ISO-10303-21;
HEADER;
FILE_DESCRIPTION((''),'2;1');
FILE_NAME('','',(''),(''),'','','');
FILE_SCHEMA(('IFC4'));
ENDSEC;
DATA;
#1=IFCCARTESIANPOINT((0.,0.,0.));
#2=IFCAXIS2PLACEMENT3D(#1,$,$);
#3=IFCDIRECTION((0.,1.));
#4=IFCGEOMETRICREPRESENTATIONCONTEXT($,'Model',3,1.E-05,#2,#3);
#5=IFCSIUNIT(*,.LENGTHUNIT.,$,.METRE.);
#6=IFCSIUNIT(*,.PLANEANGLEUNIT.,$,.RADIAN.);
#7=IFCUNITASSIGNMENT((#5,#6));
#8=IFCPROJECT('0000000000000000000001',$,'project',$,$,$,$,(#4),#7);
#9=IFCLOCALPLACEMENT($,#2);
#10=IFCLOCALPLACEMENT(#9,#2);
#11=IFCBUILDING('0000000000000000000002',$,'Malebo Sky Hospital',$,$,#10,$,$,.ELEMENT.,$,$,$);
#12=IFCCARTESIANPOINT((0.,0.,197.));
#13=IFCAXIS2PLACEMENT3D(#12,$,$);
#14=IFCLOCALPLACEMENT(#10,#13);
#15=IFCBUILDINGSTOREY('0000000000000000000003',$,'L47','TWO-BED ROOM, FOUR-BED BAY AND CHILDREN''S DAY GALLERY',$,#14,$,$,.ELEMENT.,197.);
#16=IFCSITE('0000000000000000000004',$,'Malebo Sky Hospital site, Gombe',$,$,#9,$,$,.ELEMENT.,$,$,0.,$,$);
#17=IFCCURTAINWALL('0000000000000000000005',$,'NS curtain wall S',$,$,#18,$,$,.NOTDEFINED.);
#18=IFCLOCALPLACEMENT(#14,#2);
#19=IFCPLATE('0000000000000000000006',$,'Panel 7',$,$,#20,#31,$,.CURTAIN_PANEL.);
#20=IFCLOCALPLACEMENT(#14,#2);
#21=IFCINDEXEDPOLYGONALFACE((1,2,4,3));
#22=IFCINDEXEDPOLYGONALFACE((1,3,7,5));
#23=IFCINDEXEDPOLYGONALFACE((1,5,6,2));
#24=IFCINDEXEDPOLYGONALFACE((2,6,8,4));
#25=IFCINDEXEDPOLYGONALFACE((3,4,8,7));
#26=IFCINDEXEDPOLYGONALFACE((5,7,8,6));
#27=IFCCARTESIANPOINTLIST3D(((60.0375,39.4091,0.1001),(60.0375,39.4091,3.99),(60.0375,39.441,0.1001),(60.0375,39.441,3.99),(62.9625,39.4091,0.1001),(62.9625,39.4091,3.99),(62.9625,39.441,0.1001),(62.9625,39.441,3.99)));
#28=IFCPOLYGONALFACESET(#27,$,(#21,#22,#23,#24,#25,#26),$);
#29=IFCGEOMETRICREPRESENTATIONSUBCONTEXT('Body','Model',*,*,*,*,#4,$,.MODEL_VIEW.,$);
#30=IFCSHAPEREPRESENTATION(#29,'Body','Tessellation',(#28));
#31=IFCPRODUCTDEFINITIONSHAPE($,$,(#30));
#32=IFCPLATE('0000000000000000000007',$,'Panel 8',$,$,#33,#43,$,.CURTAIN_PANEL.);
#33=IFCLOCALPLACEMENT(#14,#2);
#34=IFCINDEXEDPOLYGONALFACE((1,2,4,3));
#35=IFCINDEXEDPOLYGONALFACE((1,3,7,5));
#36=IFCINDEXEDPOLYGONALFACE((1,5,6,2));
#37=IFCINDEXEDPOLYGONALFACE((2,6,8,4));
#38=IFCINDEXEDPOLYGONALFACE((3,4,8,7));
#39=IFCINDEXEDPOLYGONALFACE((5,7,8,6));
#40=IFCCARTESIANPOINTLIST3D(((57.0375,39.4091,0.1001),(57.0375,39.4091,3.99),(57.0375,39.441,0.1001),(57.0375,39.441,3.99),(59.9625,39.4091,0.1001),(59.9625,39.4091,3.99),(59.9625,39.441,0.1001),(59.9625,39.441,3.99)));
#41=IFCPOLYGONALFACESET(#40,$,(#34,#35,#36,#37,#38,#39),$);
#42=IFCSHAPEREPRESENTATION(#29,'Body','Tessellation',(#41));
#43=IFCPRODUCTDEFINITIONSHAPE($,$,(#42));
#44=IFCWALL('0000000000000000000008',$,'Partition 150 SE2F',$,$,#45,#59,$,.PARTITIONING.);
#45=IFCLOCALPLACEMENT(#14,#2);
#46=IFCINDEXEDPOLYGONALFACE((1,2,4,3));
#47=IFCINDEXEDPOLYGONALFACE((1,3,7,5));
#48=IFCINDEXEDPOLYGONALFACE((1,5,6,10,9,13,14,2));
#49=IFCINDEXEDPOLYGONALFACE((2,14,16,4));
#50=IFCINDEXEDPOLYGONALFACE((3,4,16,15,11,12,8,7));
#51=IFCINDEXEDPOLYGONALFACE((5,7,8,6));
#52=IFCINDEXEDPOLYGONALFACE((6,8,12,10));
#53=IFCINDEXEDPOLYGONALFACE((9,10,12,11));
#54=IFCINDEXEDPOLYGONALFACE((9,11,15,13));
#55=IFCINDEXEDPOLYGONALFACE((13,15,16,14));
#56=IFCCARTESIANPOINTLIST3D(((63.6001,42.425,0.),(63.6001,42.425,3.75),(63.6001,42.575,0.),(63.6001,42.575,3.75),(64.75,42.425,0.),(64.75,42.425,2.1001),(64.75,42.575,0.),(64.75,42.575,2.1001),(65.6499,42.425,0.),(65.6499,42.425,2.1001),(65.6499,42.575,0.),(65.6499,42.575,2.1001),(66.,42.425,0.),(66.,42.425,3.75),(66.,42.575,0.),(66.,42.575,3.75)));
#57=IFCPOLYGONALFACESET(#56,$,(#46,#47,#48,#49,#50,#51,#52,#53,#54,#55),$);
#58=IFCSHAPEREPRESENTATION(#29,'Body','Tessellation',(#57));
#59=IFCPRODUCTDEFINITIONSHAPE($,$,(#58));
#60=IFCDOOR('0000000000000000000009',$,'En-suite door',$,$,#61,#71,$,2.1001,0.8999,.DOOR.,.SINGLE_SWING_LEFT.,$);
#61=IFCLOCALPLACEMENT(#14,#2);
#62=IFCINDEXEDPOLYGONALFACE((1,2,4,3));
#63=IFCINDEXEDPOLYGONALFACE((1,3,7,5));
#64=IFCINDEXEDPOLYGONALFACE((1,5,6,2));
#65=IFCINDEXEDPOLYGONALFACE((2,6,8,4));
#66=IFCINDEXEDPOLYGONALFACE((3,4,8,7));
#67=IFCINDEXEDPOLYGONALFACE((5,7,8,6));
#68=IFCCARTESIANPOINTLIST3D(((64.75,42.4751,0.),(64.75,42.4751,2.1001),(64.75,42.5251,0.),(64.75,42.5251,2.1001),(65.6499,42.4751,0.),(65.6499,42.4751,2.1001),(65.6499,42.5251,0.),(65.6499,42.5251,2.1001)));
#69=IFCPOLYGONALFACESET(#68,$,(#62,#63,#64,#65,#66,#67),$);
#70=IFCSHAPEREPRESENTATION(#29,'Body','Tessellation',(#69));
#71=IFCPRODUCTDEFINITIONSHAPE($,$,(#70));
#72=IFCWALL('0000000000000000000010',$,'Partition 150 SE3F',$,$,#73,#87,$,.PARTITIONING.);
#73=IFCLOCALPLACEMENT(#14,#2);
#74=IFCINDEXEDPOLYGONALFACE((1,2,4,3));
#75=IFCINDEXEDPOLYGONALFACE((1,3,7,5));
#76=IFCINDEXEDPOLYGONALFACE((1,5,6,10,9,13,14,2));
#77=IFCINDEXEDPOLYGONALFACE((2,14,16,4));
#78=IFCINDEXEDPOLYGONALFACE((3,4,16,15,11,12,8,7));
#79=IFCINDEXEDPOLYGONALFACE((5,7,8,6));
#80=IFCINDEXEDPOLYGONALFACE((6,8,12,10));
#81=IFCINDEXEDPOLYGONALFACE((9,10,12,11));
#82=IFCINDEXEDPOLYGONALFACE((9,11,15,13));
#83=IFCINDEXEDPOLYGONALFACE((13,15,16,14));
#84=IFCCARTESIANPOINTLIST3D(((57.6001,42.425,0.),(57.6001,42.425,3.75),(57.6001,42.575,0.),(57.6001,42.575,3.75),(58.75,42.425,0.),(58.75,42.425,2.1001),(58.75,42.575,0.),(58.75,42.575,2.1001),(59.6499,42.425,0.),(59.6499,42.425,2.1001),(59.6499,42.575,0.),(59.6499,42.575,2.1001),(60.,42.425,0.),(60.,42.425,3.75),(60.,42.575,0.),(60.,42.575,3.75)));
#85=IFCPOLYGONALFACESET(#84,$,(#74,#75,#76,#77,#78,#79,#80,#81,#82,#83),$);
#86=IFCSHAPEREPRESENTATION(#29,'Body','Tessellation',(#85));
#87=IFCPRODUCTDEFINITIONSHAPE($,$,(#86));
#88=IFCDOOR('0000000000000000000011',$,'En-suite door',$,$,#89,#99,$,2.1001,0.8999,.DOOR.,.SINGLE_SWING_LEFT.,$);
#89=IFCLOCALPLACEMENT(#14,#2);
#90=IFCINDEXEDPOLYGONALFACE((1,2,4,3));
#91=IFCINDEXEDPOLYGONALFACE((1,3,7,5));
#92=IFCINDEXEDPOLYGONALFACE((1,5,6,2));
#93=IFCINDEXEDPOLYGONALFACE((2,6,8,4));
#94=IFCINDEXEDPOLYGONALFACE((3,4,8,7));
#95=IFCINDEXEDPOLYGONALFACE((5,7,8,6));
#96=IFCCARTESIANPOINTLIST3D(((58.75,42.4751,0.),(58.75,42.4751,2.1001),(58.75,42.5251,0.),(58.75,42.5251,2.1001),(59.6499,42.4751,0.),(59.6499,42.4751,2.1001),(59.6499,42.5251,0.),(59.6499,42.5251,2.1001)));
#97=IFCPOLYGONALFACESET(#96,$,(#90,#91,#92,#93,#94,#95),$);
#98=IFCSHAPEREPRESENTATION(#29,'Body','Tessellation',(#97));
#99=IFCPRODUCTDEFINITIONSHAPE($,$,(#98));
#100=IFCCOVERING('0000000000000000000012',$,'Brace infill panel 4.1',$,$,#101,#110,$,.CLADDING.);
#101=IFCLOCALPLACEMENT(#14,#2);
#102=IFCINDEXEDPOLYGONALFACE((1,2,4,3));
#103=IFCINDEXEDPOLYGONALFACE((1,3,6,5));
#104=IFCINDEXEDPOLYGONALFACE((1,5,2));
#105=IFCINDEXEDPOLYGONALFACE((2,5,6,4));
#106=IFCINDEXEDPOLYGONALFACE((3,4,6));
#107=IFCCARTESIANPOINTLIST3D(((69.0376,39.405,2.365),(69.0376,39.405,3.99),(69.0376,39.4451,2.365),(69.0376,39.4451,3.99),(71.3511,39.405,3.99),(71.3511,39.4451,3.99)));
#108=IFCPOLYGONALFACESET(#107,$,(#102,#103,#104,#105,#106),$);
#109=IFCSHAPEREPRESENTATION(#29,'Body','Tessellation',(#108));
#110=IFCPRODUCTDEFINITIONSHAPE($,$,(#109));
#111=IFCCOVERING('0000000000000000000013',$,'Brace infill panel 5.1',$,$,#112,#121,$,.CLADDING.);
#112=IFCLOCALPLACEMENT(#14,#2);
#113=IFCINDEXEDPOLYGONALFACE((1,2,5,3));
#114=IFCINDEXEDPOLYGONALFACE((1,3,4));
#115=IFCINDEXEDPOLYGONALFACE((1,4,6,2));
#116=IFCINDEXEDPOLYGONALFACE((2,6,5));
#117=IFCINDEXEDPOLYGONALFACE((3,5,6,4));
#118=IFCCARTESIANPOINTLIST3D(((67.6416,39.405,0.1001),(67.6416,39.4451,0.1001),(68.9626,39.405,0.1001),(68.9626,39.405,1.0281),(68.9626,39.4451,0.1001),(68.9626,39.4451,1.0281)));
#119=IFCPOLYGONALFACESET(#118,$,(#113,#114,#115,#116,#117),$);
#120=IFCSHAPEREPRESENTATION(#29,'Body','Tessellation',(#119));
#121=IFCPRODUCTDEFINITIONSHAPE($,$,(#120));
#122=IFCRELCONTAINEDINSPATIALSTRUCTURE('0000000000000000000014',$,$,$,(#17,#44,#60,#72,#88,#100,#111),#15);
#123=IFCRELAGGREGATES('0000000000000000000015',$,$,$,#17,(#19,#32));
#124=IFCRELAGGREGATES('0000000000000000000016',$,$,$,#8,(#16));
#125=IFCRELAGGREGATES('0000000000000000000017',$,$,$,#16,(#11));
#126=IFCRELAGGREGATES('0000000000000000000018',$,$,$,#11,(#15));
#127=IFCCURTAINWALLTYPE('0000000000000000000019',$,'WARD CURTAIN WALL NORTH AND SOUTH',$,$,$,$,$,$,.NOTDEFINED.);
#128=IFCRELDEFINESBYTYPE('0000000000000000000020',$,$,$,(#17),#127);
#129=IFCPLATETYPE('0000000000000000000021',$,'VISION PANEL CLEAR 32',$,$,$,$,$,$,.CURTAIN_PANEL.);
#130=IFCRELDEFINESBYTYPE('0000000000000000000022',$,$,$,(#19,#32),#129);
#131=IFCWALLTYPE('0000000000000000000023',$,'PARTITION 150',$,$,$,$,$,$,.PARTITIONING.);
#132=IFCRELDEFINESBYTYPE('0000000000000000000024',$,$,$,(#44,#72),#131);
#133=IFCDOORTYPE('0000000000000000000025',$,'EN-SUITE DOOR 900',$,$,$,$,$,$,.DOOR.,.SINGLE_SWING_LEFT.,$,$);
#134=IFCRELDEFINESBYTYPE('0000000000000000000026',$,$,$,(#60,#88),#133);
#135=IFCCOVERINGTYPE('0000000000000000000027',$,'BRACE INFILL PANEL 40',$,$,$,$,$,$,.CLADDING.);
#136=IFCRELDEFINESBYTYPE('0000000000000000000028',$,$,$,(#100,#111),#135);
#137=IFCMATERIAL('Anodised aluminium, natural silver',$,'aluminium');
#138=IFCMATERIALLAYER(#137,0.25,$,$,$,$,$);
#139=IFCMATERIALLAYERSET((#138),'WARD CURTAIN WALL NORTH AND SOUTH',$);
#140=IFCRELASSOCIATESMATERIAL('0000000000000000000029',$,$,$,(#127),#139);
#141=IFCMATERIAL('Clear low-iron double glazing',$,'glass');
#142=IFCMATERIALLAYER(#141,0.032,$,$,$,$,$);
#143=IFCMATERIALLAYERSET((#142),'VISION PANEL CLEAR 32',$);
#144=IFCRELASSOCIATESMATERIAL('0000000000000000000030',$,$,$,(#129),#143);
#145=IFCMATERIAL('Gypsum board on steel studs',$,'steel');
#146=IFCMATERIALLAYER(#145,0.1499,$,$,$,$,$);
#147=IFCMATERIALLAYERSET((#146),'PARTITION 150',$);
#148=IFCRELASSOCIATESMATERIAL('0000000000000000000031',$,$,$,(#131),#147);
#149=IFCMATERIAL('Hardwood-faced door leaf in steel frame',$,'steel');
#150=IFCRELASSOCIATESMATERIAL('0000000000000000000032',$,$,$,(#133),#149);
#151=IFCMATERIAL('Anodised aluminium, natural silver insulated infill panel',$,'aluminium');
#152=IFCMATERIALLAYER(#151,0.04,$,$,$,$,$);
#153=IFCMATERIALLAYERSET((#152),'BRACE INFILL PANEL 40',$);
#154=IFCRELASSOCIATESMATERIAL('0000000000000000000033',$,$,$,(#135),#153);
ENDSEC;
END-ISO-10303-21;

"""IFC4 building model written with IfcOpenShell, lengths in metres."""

from ifc_helpers import new_model, si_unit, direction, frame, frame_2d, origin, origin_2d, place, context, subcontext, project, spatial, polyline, rectangle, outline, extrude, material, layer, layer_set, type_object, element, fill, aggregate, save


model = new_model("IFC4")

# Units and contexts
model_context = context("Model", 3, precision=1e-05, world=origin(), true_north=direction((0.0, 1.0)))
body_context = subcontext(model_context, "Body", "Model", "MODEL_VIEW")
ifc_project = project(units=[si_unit("LENGTHUNIT", "METRE"), si_unit("PLANEANGLEUNIT", "RADIAN")], contexts=[model_context])

# Site, building, storey
site_placement = place(None, origin())
site = spatial("IfcSite", under=ifc_project, at=site_placement, Name="Malebo Sky Hospital site, Gombe", CompositionType="ELEMENT", RefElevation=0.0)
building_placement = place(site_placement, origin())
building = spatial("IfcBuilding", under=site, at=building_placement, Name="Malebo Sky Hospital", CompositionType="ELEMENT")
storey_placement = place(building_placement, frame((0.0, 0.0, 197.0)))
storey = spatial("IfcBuildingStorey", under=building, at=storey_placement, Name="L47", Description="TWO-BED ROOM, FOUR-BED BAY AND CHILDREN'S DAY GALLERY", CompositionType="ELEMENT", Elevation=197.0)

# Curtain wall
ifc_material_1 = material(Name="Anodised aluminium, natural silver", Category="aluminium")
ifc_layer_1 = layer(ifc_material_1, 0.25)
ifc_layer_set_1 = layer_set([ifc_layer_1], Name="WARD CURTAIN WALL NORTH AND SOUTH")
curtain_wall_type = type_object("IfcCurtainWallType", Name="WARD CURTAIN WALL NORTH AND SOUTH", PredefinedType="NOTDEFINED", material=ifc_layer_set_1)
curtain_wall_placement = place(storey_placement, origin())
curtain_wall = element("IfcCurtainWall", 1, at=curtain_wall_placement, inside=storey, type_object=curtain_wall_type, Name="NS curtain wall S", PredefinedType="NOTDEFINED")

# Plates
ifc_material_2 = material(Name="Clear low-iron double glazing", Category="glass")
ifc_layer_2 = layer(ifc_material_2, 0.032)
ifc_layer_set_2 = layer_set([ifc_layer_2], Name="VISION PANEL CLEAR 32")
plate_type = type_object("IfcPlateType", Name="VISION PANEL CLEAR 32", PredefinedType="CURTAIN_PANEL", material=ifc_layer_set_2)
plate_1_placement = place(storey_placement, frame((61.5, 39.425, 0.1001), z_axis=(0.0, 0.0, 1.0), x_axis=(-1.0, 0.0, 0.0)))
plate_1 = element("IfcPlate", 2, at=plate_1_placement, type_object=plate_type, Name="Panel 7", PredefinedType="CURTAIN_PANEL", context=body_context, shape_type="SweptSolid", body=[
    extrude(rectangle(XDim=2.925, YDim=0.032, at=origin_2d()), origin(), (0.0, 0.0, 1.0), 3.8899),
])
plate_2_placement = place(storey_placement, frame((58.5, 39.425, 0.1001), z_axis=(0.0, 0.0, 1.0), x_axis=(-1.0, 0.0, 0.0)))
plate_2 = element("IfcPlate", 3, at=plate_2_placement, type_object=plate_type, Name="Panel 8", PredefinedType="CURTAIN_PANEL", context=body_context, shape_type="SweptSolid", body=[
    extrude(rectangle(XDim=2.925, YDim=0.032, at=origin_2d()), origin(), (0.0, 0.0, 1.0), 3.8899),
])
aggregate(curtain_wall, [plate_1, plate_2])

# Walls, openings, doors
ifc_material_3 = material(Name="Gypsum board on steel studs", Category="steel")
ifc_layer_3 = layer(ifc_material_3, 0.1499)
ifc_layer_set_3 = layer_set([ifc_layer_3], Name="PARTITION 150")
wall_type = type_object("IfcWallType", Name="PARTITION 150", PredefinedType="PARTITIONING", material=ifc_layer_set_3)
wall_1_placement = place(storey_placement, frame((66.0, 42.5, 0.0), z_axis=(0.0, 0.0, 1.0), x_axis=(-1.0, 0.0, 0.0)))
wall_1 = element("IfcWall", 4, at=wall_1_placement, inside=storey, type_object=wall_type, Name="Partition 150 SE2F", PredefinedType="PARTITIONING", context=body_context, shape_type="SweptSolid", body=[
    extrude(rectangle(XDim=2.3999, YDim=0.1499, at=frame_2d((1.2, 0.0))), origin(), (0.0, 0.0, 1.0), 3.75),
])
opening_1_placement = place(wall_1_placement, frame((0.3501, 0.0, 0.0)))
opening_1 = element("IfcOpeningElement", 5, at=opening_1_placement, cuts=wall_1, PredefinedType="OPENING", context=body_context, shape_type="SweptSolid", body=[
    extrude(rectangle(XDim=0.8999, YDim=2.1001, at=frame_2d((0.45, 1.05))), frame((0.0, 0.085, 0.0), z_axis=(0.0, -1.0, 0.0), x_axis=(1.0, 0.0, 0.0)), (0.0, 0.0, 1.0), 0.1699),
])
ifc_material_4 = material(Name="Hardwood-faced door leaf in steel frame", Category="steel")
door_type = type_object("IfcDoorType", Name="EN-SUITE DOOR 900", OperationType="SINGLE_SWING_LEFT", PredefinedType="DOOR", material=ifc_material_4)
door_1_placement = place(opening_1_placement, origin())
door_1 = element("IfcDoor", 6, at=door_1_placement, inside=storey, type_object=door_type, Name="En-suite door", OperationType="SINGLE_SWING_LEFT", OverallHeight=2.1001, OverallWidth=0.8999, PredefinedType="DOOR", context=body_context, shape_type="SweptSolid", body=[
    extrude(rectangle(XDim=0.8999, YDim=2.1001, at=frame_2d((0.45, 1.05))), frame((0.0, 0.0249, 0.0), z_axis=(0.0, -1.0, 0.0), x_axis=(1.0, 0.0, 0.0)), (0.0, 0.0, 1.0), 0.05),
])
fill(opening_1, door_1)
wall_2_placement = place(storey_placement, frame((60.0, 42.5, 0.0), z_axis=(0.0, 0.0, 1.0), x_axis=(-1.0, 0.0, 0.0)))
wall_2 = element("IfcWall", 7, at=wall_2_placement, inside=storey, type_object=wall_type, Name="Partition 150 SE3F", PredefinedType="PARTITIONING", context=body_context, shape_type="SweptSolid", body=[
    extrude(rectangle(XDim=2.3999, YDim=0.1499, at=frame_2d((1.2, 0.0))), origin(), (0.0, 0.0, 1.0), 3.75),
])
opening_2_placement = place(wall_2_placement, frame((0.3501, 0.0, 0.0)))
opening_2 = element("IfcOpeningElement", 8, at=opening_2_placement, cuts=wall_2, PredefinedType="OPENING", context=body_context, shape_type="SweptSolid", body=[
    extrude(rectangle(XDim=0.8999, YDim=2.1001, at=frame_2d((0.45, 1.05))), frame((0.0, 0.085, 0.0), z_axis=(0.0, -1.0, 0.0), x_axis=(1.0, 0.0, 0.0)), (0.0, 0.0, 1.0), 0.1699),
])
door_2_placement = place(opening_2_placement, origin())
door_2 = element("IfcDoor", 9, at=door_2_placement, inside=storey, type_object=door_type, Name="En-suite door", OperationType="SINGLE_SWING_LEFT", OverallHeight=2.1001, OverallWidth=0.8999, PredefinedType="DOOR", context=body_context, shape_type="SweptSolid", body=[
    extrude(rectangle(XDim=0.8999, YDim=2.1001, at=frame_2d((0.45, 1.05))), frame((0.0, 0.0249, 0.0), z_axis=(0.0, -1.0, 0.0), x_axis=(1.0, 0.0, 0.0)), (0.0, 0.0, 1.0), 0.05),
])
fill(opening_2, door_2)

# Coverings
ifc_material_5 = material(Name="Anodised aluminium, natural silver insulated infill panel", Category="aluminium")
ifc_layer_4 = layer(ifc_material_5, 0.04)
ifc_layer_set_4 = layer_set([ifc_layer_4], Name="BRACE INFILL PANEL 40")
covering_type = type_object("IfcCoveringType", Name="BRACE INFILL PANEL 40", PredefinedType="CLADDING", material=ifc_layer_set_4)
covering_1_placement = place(storey_placement, frame((70.1943, 39.425, 2.365), z_axis=(0.0, 0.0, 1.0), x_axis=(-1.0, 0.0, 0.0)))
element("IfcCovering", 10, at=covering_1_placement, inside=storey, type_object=covering_type, Name="Brace infill panel 4.1", PredefinedType="CLADDING", context=body_context, shape_type="SweptSolid", body=[
    extrude(outline(polyline([(1.1567, 0.0), (1.1567, 1.625), (-1.1567, 1.625), (1.1567, 0.0)])), frame((0.0, 0.02, 0.0), z_axis=(0.0, -1.0, 0.0), x_axis=(1.0, 0.0, 0.0)), (0.0, 0.0, 1.0), 0.04),
])
covering_2_placement = place(storey_placement, frame((68.302, 39.425, 0.1001), z_axis=(0.0, 0.0, 1.0), x_axis=(-1.0, 0.0, 0.0)))
element("IfcCovering", 11, at=covering_2_placement, inside=storey, type_object=covering_type, Name="Brace infill panel 5.1", PredefinedType="CLADDING", context=body_context, shape_type="SweptSolid", body=[
    extrude(outline(polyline([(-0.6606, 0.0), (0.6604, 0.0), (-0.6606, 0.928), (-0.6606, 0.0)])), frame((0.0, 0.02, 0.0), z_axis=(0.0, -1.0, 0.0), x_axis=(1.0, 0.0, 0.0)), (0.0, 0.0, 1.0), 0.04),
])

save(model, "model.ifc")
